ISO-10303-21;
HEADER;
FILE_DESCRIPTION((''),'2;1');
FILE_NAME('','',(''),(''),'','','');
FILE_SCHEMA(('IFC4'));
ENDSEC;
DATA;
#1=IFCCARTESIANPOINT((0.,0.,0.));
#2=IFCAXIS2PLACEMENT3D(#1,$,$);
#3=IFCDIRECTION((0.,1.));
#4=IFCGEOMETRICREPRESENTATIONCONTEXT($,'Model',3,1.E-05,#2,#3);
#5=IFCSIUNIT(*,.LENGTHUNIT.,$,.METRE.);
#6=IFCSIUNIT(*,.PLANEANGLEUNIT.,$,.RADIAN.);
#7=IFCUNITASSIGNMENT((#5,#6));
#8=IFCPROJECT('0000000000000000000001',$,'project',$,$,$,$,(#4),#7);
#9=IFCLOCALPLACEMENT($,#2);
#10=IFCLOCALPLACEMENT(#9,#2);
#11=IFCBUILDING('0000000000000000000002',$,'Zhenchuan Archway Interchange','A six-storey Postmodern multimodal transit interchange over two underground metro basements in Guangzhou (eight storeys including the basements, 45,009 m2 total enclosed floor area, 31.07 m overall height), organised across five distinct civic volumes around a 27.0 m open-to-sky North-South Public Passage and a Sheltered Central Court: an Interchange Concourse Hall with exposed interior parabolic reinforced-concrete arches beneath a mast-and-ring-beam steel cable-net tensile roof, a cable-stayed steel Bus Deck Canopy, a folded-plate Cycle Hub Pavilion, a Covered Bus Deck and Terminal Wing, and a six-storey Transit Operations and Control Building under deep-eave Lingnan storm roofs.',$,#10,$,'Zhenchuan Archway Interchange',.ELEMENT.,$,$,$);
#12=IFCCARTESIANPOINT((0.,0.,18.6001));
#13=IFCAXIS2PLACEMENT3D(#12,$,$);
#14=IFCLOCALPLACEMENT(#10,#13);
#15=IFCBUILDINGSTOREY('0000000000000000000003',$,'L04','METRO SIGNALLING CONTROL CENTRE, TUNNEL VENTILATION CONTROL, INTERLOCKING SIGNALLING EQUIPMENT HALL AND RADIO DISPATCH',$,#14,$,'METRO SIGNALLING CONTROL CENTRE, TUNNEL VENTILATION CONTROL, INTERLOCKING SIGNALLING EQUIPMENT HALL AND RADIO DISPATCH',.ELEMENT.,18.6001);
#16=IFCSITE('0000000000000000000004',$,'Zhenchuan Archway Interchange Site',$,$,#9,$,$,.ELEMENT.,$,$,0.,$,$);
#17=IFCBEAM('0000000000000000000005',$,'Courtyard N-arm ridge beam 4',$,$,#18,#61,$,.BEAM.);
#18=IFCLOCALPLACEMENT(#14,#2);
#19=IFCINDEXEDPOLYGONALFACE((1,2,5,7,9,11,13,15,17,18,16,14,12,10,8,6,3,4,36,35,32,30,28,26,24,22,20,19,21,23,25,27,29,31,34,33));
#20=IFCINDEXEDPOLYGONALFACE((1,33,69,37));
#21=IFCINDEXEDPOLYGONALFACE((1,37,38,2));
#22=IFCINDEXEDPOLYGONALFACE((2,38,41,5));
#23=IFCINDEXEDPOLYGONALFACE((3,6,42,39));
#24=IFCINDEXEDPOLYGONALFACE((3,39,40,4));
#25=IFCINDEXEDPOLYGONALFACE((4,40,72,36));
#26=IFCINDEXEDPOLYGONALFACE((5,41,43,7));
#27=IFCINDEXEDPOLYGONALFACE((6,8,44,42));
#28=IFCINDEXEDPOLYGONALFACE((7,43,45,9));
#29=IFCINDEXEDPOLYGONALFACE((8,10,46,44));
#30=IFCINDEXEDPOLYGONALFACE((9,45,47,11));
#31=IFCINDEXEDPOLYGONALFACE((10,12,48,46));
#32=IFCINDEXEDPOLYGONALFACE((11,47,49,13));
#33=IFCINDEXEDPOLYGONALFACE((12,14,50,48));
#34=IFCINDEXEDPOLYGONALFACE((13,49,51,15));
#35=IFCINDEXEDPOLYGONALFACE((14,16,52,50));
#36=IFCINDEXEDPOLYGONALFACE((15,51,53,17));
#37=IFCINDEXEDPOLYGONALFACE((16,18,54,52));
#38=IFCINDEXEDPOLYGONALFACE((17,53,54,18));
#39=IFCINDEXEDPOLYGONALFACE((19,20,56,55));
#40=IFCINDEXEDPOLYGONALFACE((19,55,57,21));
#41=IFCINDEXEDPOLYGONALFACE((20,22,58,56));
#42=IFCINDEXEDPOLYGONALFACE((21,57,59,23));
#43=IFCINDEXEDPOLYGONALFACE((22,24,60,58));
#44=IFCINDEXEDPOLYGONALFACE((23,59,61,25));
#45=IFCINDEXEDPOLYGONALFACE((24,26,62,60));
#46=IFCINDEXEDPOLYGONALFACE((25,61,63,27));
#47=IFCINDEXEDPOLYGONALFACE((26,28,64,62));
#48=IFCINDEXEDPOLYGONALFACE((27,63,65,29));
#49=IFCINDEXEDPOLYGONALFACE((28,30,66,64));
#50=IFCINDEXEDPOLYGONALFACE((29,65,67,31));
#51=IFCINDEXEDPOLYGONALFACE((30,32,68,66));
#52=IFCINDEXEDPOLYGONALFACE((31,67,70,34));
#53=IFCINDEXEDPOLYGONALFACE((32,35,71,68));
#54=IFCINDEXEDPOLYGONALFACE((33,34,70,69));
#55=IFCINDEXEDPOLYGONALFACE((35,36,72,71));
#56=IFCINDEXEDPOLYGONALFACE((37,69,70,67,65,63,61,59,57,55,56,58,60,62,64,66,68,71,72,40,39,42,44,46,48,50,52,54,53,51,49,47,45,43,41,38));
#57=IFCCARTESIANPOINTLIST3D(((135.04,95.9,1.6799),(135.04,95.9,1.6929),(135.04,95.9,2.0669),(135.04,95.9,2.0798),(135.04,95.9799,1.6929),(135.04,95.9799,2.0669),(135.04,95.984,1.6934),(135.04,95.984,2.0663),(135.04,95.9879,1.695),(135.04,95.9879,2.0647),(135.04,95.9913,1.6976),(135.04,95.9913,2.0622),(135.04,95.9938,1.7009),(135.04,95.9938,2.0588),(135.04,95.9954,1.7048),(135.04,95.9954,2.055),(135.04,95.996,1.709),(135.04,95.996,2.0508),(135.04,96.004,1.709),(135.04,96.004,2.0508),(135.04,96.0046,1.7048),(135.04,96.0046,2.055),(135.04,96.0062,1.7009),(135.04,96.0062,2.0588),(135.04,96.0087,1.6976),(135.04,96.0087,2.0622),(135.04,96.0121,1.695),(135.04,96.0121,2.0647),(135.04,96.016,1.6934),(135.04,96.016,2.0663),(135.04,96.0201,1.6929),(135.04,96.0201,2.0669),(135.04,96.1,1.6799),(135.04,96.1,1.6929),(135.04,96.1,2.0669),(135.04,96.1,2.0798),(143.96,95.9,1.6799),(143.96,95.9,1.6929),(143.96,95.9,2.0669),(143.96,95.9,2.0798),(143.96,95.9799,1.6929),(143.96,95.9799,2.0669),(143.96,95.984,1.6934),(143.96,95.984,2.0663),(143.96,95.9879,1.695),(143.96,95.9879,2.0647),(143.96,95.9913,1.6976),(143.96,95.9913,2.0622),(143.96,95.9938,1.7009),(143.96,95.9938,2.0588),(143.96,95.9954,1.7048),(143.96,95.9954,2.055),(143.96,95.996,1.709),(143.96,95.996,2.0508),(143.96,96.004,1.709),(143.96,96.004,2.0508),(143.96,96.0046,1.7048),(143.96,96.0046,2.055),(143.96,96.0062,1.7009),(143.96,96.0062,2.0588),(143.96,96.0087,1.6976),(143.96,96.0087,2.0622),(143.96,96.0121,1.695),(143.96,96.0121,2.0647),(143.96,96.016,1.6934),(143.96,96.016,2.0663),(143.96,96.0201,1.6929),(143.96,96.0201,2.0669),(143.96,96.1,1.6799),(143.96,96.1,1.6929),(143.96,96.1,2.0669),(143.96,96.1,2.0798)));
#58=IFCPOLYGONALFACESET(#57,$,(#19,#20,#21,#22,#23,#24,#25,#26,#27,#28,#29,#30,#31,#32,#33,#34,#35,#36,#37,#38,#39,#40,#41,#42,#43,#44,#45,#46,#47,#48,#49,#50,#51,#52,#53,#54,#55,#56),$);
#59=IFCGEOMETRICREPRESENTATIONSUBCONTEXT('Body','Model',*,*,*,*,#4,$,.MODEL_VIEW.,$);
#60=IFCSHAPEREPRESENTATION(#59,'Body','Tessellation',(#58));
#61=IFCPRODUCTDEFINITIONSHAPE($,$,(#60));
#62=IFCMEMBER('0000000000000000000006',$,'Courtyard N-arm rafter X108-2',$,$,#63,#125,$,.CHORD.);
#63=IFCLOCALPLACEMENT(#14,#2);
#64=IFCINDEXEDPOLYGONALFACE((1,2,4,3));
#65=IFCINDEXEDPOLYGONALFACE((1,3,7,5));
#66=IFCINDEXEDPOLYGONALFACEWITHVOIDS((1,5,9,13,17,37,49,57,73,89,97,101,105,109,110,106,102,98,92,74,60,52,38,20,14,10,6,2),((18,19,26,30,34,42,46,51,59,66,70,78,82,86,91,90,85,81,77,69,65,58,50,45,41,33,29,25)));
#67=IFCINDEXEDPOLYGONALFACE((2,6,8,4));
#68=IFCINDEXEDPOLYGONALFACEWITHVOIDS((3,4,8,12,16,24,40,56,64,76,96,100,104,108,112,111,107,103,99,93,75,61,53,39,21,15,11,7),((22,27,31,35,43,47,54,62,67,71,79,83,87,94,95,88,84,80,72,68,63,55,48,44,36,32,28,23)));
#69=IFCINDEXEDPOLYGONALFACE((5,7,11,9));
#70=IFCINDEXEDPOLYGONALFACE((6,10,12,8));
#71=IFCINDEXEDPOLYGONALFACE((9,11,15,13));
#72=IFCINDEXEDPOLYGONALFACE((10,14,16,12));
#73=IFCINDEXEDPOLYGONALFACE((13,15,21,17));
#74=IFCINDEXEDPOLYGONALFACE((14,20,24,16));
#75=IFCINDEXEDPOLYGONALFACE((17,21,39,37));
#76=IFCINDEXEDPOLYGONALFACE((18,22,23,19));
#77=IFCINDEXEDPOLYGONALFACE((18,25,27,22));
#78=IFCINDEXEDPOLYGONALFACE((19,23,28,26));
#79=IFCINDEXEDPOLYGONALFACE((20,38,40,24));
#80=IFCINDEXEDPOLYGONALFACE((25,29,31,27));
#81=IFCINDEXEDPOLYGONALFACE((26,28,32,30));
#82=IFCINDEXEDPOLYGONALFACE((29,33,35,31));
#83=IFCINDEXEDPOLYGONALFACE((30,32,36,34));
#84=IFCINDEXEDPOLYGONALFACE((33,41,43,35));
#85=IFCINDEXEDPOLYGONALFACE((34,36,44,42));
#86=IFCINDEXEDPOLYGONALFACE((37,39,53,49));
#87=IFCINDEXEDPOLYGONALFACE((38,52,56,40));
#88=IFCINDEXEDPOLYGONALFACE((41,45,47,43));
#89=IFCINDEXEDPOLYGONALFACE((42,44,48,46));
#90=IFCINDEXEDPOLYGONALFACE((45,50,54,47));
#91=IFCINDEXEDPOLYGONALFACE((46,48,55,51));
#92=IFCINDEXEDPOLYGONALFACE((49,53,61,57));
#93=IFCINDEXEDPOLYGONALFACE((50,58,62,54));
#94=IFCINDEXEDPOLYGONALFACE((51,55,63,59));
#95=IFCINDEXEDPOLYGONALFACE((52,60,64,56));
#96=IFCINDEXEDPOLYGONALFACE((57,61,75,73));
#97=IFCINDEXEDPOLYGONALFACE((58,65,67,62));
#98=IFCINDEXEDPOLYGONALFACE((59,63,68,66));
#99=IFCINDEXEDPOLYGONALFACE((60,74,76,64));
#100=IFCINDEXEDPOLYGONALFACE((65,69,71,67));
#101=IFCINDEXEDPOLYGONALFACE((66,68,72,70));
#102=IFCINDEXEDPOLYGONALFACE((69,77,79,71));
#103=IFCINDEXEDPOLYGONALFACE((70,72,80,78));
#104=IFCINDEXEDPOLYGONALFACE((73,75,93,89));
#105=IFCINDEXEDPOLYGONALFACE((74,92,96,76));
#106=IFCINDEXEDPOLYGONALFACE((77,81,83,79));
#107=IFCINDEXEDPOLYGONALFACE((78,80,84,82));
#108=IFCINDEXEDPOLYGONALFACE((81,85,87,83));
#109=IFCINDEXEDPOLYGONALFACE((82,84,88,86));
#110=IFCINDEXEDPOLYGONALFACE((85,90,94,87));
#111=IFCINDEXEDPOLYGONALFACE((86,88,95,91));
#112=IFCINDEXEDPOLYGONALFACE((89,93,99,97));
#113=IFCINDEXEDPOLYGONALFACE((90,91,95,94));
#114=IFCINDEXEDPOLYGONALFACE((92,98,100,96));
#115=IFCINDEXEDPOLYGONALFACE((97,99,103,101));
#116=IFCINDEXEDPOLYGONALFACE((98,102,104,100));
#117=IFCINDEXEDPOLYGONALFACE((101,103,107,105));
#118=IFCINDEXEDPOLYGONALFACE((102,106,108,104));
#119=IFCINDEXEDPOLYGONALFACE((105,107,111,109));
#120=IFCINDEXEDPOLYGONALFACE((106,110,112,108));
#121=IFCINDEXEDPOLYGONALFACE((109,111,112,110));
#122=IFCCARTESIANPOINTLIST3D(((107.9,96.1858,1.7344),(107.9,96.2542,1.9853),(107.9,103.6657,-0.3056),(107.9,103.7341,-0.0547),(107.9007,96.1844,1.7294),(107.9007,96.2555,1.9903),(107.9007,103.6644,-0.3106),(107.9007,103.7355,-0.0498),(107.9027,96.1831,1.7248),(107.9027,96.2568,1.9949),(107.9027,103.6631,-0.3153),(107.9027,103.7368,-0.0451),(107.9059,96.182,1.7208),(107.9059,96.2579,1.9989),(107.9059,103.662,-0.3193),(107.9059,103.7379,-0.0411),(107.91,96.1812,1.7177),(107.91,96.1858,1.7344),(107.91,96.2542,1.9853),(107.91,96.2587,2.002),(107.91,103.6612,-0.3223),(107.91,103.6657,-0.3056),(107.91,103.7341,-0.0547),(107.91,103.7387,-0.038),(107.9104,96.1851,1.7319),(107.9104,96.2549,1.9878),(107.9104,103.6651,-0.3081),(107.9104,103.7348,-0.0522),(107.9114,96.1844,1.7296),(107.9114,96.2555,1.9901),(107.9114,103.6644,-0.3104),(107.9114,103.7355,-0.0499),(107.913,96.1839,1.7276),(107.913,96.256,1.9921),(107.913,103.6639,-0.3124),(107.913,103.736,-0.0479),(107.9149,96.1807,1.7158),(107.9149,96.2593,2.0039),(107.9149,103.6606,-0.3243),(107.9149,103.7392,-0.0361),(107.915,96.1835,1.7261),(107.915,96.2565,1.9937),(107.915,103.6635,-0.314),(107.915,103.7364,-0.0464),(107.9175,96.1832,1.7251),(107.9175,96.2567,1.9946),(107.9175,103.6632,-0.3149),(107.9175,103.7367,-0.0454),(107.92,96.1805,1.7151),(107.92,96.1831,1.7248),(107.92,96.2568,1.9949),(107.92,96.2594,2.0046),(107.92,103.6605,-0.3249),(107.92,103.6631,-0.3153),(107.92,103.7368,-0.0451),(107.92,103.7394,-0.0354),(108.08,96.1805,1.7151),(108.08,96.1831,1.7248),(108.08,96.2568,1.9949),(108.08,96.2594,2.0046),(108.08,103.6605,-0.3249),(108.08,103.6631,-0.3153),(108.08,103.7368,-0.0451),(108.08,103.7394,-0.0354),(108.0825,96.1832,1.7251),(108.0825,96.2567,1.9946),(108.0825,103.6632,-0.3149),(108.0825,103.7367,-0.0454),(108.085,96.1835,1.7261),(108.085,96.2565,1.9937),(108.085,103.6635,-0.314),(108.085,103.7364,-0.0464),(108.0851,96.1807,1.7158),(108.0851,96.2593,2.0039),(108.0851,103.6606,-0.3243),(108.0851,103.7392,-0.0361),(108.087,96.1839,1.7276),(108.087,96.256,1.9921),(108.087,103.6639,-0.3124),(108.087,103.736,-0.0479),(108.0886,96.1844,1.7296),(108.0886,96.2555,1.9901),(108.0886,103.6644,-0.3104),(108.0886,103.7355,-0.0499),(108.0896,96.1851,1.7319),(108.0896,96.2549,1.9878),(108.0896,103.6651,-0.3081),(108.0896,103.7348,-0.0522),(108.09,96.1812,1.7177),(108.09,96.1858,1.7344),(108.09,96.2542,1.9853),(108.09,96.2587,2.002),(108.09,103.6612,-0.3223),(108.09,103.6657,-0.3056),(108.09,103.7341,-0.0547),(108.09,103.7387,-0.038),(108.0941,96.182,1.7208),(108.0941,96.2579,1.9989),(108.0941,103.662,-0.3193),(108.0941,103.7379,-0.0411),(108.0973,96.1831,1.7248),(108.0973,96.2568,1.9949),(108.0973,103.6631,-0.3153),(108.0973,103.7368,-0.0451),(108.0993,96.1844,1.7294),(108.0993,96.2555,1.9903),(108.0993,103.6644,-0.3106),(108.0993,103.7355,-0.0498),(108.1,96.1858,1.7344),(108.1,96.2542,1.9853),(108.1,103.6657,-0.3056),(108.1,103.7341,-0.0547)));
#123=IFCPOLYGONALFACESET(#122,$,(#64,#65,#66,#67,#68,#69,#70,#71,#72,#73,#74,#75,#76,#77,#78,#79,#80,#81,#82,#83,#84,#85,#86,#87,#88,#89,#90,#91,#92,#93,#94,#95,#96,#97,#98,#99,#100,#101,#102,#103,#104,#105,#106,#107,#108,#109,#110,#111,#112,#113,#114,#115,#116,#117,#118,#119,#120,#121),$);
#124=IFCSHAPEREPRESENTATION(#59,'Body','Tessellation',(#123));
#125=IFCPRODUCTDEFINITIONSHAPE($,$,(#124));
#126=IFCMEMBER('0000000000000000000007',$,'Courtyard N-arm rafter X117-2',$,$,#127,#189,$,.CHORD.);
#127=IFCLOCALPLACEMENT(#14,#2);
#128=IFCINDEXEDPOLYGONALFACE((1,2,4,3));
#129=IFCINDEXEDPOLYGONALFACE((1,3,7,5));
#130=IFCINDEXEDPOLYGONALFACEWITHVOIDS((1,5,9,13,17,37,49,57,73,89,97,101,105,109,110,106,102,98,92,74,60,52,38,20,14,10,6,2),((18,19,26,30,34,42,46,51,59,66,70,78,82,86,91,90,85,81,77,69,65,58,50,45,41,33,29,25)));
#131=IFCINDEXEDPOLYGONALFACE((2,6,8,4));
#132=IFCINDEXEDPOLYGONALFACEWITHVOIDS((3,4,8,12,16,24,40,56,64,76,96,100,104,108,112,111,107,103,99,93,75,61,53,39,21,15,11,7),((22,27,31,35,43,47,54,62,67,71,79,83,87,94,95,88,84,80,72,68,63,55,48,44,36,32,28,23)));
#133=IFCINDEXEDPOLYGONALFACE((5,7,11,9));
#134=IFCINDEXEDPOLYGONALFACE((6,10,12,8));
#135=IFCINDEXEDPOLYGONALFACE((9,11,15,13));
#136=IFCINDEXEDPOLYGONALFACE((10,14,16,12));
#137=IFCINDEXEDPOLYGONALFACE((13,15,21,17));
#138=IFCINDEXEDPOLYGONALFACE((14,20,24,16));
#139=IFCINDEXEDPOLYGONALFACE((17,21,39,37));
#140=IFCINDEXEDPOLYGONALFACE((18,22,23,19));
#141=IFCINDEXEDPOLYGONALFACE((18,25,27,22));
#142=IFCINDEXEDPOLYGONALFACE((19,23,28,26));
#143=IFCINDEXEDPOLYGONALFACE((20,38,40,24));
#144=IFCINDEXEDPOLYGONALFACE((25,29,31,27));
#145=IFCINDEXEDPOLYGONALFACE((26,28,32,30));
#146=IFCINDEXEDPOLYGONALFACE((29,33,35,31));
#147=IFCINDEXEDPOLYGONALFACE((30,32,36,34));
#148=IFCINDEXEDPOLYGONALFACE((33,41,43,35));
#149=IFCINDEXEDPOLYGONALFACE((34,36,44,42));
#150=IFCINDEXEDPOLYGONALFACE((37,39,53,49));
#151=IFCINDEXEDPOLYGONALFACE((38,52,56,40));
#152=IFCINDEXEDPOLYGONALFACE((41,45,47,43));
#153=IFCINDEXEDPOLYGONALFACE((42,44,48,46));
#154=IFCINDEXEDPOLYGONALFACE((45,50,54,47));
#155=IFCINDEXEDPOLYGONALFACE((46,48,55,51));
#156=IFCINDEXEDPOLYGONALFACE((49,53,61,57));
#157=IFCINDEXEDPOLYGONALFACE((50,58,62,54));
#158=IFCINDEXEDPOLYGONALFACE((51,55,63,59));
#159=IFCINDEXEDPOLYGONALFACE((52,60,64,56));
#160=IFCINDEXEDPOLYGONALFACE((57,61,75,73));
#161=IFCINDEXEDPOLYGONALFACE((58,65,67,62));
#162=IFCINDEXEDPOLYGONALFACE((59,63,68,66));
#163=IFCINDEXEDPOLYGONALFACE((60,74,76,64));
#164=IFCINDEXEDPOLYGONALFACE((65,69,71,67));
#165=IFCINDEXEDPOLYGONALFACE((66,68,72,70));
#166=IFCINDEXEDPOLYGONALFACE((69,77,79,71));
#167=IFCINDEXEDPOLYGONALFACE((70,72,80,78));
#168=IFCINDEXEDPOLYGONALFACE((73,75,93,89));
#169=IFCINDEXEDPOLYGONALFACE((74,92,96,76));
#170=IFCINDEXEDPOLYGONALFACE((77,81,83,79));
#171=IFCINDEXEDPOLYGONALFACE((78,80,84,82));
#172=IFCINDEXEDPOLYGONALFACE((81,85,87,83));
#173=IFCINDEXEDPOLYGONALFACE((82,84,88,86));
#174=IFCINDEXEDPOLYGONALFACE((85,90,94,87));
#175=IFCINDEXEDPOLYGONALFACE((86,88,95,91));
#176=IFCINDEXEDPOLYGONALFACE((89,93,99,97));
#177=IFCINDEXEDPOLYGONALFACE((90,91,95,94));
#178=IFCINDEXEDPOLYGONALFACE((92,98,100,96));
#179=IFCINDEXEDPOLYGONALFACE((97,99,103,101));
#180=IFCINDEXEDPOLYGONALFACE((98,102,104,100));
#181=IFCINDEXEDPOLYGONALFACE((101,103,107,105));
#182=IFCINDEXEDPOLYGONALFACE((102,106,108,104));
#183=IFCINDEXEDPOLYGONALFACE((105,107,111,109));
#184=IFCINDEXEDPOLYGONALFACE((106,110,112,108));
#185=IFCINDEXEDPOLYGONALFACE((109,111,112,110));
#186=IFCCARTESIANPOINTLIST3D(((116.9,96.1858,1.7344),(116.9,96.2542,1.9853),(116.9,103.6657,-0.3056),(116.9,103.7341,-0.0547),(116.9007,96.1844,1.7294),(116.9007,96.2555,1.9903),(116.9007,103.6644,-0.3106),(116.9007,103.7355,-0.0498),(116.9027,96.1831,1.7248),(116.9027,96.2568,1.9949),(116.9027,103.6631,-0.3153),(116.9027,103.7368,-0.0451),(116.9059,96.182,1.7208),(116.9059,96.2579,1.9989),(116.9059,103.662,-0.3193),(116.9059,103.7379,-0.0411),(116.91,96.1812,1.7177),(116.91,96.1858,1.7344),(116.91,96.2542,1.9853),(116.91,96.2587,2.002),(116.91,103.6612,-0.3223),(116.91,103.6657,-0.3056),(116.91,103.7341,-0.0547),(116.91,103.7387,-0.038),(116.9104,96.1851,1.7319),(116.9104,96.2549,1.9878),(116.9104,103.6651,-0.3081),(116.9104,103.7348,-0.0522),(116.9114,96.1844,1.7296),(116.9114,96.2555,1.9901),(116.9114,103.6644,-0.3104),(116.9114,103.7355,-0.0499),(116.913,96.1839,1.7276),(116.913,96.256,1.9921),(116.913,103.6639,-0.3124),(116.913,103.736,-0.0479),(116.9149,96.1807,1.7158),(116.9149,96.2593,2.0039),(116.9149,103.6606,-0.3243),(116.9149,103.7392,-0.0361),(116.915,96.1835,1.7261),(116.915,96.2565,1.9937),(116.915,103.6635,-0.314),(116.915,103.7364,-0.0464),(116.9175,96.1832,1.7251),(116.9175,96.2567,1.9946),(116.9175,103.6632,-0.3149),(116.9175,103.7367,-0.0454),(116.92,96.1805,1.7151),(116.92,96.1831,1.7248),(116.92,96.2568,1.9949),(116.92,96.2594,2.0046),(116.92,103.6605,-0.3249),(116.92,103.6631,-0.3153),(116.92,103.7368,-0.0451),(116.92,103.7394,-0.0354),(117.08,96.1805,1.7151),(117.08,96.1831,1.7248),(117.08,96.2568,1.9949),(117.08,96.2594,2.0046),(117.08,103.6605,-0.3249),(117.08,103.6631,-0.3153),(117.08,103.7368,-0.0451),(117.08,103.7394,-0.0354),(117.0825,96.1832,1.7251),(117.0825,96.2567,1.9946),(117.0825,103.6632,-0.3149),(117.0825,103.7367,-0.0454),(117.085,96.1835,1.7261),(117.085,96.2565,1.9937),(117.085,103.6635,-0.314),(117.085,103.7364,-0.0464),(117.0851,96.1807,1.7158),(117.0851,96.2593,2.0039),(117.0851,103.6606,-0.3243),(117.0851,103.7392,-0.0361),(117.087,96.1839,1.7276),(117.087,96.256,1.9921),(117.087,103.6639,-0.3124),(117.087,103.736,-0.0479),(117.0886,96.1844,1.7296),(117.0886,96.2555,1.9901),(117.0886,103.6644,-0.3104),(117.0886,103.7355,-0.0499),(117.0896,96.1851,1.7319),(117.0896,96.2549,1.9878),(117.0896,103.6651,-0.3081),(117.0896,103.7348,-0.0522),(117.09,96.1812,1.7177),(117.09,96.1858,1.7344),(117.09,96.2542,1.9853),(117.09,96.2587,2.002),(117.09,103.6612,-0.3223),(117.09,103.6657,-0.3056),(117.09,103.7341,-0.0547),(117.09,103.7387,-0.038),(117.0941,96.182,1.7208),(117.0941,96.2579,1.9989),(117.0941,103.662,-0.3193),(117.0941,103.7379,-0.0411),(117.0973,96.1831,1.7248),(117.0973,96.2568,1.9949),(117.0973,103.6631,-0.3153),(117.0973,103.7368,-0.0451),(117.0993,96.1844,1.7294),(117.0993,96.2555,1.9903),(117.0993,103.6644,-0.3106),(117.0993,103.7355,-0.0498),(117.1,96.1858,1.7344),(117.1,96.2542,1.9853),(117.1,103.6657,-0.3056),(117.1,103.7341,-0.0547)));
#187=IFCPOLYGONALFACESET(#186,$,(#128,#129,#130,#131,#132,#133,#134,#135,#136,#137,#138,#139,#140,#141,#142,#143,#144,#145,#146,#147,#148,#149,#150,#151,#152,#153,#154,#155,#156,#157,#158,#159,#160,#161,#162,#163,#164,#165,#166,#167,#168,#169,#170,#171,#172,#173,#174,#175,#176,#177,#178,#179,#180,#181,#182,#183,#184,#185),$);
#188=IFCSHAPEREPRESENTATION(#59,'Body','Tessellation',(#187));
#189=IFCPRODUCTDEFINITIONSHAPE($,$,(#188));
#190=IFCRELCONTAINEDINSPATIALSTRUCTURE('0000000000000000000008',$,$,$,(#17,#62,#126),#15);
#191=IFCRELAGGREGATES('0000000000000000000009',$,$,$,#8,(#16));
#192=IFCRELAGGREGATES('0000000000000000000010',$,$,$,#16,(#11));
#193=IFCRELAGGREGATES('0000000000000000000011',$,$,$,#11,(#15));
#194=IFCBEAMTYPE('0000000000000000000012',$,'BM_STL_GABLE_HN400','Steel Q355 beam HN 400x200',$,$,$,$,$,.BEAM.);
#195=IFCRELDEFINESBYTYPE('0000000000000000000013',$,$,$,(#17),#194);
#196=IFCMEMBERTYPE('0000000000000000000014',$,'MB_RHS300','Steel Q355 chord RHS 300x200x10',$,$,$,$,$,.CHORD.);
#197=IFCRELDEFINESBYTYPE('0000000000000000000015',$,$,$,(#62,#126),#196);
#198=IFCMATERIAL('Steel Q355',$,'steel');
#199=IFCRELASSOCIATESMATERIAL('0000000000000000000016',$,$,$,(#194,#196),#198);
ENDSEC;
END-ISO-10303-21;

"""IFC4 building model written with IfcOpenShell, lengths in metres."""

from ifc_helpers import new_model, si_unit, direction, frame, origin, origin_2d, place, context, subcontext, project, spatial, hollow_rectangle, i_section, extrude, material, material_profile, profile_set, type_object, element, save


model = new_model("IFC4")

# Units and contexts
model_context = context("Model", 3, precision=1e-05, world=origin(), true_north=direction((0.0, 1.0)))
body_context = subcontext(model_context, "Body", "Model", "MODEL_VIEW")
ifc_project = project(units=[si_unit("LENGTHUNIT", "METRE"), si_unit("PLANEANGLEUNIT", "RADIAN")], contexts=[model_context])

# Site, building, storey
site_placement = place(None, origin())
site = spatial("IfcSite", under=ifc_project, at=site_placement, Name="Zhenchuan Archway Interchange Site", CompositionType="ELEMENT", RefElevation=0.0)
building_placement = place(site_placement, origin())
building = spatial("IfcBuilding", under=site, at=building_placement, Name="Zhenchuan Archway Interchange", Description="A six-storey Postmodern multimodal transit interchange over two underground metro basements in Guangzhou (eight storeys including the basements, 45,009 m2 total enclosed floor area, 31.07 m overall height), organised across five distinct civic volumes around a 27.0 m open-to-sky North-South Public Passage and a Sheltered Central Court: an Interchange Concourse Hall with exposed interior parabolic reinforced-concrete arches beneath a mast-and-ring-beam steel cable-net tensile roof, a cable-stayed steel Bus Deck Canopy, a folded-plate Cycle Hub Pavilion, a Covered Bus Deck and Terminal Wing, and a six-storey Transit Operations and Control Building under deep-eave Lingnan storm roofs.", LongName="Zhenchuan Archway Interchange", CompositionType="ELEMENT")
storey_placement = place(building_placement, frame((0.0, 0.0, 18.6001)))
storey = spatial("IfcBuildingStorey", under=building, at=storey_placement, Name="L04", Description="METRO SIGNALLING CONTROL CENTRE, TUNNEL VENTILATION CONTROL, INTERLOCKING SIGNALLING EQUIPMENT HALL AND RADIO DISPATCH", LongName="METRO SIGNALLING CONTROL CENTRE, TUNNEL VENTILATION CONTROL, INTERLOCKING SIGNALLING EQUIPMENT HALL AND RADIO DISPATCH", CompositionType="ELEMENT", Elevation=18.6001)

# Shared definitions
ifc_material_1 = material(Name="Steel Q355", Category="steel")

# Beam
ifc_material_profile_1 = material_profile(ifc_material_1, i_section(OverallWidth=0.2, OverallDepth=0.3999, WebThickness=0.0081, FlangeThickness=0.0129, FilletRadius=0.0161, at=origin_2d()), Name="HN 400x200")
ifc_profile_set_1 = profile_set([ifc_material_profile_1], Name="Steel Q355")
beam_type_1 = type_object("IfcBeamType", Name="BM_STL_GABLE_HN400", Description="Steel Q355 beam HN 400x200", PredefinedType="BEAM", material=ifc_profile_set_1)
for number, where, z_axis, x_axis, name in (
    (1, (135.04, 96.0, 1.8799), (1.0, 0.0, 0.0), (0.0, 1.0, 0.0), "Courtyard N-arm ridge beam 4"),
):
    element("IfcBeam", number, at=place(storey_placement, frame(where, z_axis=z_axis, x_axis=x_axis)), inside=storey, type_object=beam_type_1, Name=name, PredefinedType="BEAM", context=body_context, shape_type="SweptSolid", body=[
        extrude(i_section(OverallWidth=0.2, OverallDepth=0.3999, WebThickness=0.0081, FlangeThickness=0.0129, FilletRadius=0.0161, at=origin_2d()), origin(), (0.0, 0.0, 1.0), 8.9199),
    ])

# Members
ifc_material_profile_2 = material_profile(ifc_material_1, hollow_rectangle(XDim=0.2, YDim=0.3, WallThickness=0.01, InnerFilletRadius=0.01, OuterFilletRadius=0.02, at=origin_2d()), Name="RHS 300x200x10")
ifc_profile_set_2 = profile_set([ifc_material_profile_2], Name="Steel Q355")
member_type = type_object("IfcMemberType", Name="MB_RHS300", Description="Steel Q355 chord RHS 300x200x10", PredefinedType="CHORD", material=ifc_profile_set_2)
for number, where, z_axis, x_axis, name in (
    (2, (108.0, 96.22, 1.8599), (0.0, 0.964762, -0.263123), (-1.0, 0.0, 0.0), "Courtyard N-arm rafter X108-2"),
    (3, (117.0, 96.22, 1.8599), (0.0, 0.964762, -0.263123), (-1.0, 0.0, 0.0), "Courtyard N-arm rafter X117-2"),
):
    element("IfcMember", number, at=place(storey_placement, frame(where, z_axis=z_axis, x_axis=x_axis)), inside=storey, type_object=member_type, Name=name, PredefinedType="CHORD", context=body_context, shape_type="SweptSolid", body=[
        extrude(hollow_rectangle(XDim=0.2, YDim=0.3, WallThickness=0.01, InnerFilletRadius=0.01, OuterFilletRadius=0.02, at=origin_2d()), origin(), (0.0, 0.0, 1.0), 7.7532),
    ])

save(model, "model.ifc")
